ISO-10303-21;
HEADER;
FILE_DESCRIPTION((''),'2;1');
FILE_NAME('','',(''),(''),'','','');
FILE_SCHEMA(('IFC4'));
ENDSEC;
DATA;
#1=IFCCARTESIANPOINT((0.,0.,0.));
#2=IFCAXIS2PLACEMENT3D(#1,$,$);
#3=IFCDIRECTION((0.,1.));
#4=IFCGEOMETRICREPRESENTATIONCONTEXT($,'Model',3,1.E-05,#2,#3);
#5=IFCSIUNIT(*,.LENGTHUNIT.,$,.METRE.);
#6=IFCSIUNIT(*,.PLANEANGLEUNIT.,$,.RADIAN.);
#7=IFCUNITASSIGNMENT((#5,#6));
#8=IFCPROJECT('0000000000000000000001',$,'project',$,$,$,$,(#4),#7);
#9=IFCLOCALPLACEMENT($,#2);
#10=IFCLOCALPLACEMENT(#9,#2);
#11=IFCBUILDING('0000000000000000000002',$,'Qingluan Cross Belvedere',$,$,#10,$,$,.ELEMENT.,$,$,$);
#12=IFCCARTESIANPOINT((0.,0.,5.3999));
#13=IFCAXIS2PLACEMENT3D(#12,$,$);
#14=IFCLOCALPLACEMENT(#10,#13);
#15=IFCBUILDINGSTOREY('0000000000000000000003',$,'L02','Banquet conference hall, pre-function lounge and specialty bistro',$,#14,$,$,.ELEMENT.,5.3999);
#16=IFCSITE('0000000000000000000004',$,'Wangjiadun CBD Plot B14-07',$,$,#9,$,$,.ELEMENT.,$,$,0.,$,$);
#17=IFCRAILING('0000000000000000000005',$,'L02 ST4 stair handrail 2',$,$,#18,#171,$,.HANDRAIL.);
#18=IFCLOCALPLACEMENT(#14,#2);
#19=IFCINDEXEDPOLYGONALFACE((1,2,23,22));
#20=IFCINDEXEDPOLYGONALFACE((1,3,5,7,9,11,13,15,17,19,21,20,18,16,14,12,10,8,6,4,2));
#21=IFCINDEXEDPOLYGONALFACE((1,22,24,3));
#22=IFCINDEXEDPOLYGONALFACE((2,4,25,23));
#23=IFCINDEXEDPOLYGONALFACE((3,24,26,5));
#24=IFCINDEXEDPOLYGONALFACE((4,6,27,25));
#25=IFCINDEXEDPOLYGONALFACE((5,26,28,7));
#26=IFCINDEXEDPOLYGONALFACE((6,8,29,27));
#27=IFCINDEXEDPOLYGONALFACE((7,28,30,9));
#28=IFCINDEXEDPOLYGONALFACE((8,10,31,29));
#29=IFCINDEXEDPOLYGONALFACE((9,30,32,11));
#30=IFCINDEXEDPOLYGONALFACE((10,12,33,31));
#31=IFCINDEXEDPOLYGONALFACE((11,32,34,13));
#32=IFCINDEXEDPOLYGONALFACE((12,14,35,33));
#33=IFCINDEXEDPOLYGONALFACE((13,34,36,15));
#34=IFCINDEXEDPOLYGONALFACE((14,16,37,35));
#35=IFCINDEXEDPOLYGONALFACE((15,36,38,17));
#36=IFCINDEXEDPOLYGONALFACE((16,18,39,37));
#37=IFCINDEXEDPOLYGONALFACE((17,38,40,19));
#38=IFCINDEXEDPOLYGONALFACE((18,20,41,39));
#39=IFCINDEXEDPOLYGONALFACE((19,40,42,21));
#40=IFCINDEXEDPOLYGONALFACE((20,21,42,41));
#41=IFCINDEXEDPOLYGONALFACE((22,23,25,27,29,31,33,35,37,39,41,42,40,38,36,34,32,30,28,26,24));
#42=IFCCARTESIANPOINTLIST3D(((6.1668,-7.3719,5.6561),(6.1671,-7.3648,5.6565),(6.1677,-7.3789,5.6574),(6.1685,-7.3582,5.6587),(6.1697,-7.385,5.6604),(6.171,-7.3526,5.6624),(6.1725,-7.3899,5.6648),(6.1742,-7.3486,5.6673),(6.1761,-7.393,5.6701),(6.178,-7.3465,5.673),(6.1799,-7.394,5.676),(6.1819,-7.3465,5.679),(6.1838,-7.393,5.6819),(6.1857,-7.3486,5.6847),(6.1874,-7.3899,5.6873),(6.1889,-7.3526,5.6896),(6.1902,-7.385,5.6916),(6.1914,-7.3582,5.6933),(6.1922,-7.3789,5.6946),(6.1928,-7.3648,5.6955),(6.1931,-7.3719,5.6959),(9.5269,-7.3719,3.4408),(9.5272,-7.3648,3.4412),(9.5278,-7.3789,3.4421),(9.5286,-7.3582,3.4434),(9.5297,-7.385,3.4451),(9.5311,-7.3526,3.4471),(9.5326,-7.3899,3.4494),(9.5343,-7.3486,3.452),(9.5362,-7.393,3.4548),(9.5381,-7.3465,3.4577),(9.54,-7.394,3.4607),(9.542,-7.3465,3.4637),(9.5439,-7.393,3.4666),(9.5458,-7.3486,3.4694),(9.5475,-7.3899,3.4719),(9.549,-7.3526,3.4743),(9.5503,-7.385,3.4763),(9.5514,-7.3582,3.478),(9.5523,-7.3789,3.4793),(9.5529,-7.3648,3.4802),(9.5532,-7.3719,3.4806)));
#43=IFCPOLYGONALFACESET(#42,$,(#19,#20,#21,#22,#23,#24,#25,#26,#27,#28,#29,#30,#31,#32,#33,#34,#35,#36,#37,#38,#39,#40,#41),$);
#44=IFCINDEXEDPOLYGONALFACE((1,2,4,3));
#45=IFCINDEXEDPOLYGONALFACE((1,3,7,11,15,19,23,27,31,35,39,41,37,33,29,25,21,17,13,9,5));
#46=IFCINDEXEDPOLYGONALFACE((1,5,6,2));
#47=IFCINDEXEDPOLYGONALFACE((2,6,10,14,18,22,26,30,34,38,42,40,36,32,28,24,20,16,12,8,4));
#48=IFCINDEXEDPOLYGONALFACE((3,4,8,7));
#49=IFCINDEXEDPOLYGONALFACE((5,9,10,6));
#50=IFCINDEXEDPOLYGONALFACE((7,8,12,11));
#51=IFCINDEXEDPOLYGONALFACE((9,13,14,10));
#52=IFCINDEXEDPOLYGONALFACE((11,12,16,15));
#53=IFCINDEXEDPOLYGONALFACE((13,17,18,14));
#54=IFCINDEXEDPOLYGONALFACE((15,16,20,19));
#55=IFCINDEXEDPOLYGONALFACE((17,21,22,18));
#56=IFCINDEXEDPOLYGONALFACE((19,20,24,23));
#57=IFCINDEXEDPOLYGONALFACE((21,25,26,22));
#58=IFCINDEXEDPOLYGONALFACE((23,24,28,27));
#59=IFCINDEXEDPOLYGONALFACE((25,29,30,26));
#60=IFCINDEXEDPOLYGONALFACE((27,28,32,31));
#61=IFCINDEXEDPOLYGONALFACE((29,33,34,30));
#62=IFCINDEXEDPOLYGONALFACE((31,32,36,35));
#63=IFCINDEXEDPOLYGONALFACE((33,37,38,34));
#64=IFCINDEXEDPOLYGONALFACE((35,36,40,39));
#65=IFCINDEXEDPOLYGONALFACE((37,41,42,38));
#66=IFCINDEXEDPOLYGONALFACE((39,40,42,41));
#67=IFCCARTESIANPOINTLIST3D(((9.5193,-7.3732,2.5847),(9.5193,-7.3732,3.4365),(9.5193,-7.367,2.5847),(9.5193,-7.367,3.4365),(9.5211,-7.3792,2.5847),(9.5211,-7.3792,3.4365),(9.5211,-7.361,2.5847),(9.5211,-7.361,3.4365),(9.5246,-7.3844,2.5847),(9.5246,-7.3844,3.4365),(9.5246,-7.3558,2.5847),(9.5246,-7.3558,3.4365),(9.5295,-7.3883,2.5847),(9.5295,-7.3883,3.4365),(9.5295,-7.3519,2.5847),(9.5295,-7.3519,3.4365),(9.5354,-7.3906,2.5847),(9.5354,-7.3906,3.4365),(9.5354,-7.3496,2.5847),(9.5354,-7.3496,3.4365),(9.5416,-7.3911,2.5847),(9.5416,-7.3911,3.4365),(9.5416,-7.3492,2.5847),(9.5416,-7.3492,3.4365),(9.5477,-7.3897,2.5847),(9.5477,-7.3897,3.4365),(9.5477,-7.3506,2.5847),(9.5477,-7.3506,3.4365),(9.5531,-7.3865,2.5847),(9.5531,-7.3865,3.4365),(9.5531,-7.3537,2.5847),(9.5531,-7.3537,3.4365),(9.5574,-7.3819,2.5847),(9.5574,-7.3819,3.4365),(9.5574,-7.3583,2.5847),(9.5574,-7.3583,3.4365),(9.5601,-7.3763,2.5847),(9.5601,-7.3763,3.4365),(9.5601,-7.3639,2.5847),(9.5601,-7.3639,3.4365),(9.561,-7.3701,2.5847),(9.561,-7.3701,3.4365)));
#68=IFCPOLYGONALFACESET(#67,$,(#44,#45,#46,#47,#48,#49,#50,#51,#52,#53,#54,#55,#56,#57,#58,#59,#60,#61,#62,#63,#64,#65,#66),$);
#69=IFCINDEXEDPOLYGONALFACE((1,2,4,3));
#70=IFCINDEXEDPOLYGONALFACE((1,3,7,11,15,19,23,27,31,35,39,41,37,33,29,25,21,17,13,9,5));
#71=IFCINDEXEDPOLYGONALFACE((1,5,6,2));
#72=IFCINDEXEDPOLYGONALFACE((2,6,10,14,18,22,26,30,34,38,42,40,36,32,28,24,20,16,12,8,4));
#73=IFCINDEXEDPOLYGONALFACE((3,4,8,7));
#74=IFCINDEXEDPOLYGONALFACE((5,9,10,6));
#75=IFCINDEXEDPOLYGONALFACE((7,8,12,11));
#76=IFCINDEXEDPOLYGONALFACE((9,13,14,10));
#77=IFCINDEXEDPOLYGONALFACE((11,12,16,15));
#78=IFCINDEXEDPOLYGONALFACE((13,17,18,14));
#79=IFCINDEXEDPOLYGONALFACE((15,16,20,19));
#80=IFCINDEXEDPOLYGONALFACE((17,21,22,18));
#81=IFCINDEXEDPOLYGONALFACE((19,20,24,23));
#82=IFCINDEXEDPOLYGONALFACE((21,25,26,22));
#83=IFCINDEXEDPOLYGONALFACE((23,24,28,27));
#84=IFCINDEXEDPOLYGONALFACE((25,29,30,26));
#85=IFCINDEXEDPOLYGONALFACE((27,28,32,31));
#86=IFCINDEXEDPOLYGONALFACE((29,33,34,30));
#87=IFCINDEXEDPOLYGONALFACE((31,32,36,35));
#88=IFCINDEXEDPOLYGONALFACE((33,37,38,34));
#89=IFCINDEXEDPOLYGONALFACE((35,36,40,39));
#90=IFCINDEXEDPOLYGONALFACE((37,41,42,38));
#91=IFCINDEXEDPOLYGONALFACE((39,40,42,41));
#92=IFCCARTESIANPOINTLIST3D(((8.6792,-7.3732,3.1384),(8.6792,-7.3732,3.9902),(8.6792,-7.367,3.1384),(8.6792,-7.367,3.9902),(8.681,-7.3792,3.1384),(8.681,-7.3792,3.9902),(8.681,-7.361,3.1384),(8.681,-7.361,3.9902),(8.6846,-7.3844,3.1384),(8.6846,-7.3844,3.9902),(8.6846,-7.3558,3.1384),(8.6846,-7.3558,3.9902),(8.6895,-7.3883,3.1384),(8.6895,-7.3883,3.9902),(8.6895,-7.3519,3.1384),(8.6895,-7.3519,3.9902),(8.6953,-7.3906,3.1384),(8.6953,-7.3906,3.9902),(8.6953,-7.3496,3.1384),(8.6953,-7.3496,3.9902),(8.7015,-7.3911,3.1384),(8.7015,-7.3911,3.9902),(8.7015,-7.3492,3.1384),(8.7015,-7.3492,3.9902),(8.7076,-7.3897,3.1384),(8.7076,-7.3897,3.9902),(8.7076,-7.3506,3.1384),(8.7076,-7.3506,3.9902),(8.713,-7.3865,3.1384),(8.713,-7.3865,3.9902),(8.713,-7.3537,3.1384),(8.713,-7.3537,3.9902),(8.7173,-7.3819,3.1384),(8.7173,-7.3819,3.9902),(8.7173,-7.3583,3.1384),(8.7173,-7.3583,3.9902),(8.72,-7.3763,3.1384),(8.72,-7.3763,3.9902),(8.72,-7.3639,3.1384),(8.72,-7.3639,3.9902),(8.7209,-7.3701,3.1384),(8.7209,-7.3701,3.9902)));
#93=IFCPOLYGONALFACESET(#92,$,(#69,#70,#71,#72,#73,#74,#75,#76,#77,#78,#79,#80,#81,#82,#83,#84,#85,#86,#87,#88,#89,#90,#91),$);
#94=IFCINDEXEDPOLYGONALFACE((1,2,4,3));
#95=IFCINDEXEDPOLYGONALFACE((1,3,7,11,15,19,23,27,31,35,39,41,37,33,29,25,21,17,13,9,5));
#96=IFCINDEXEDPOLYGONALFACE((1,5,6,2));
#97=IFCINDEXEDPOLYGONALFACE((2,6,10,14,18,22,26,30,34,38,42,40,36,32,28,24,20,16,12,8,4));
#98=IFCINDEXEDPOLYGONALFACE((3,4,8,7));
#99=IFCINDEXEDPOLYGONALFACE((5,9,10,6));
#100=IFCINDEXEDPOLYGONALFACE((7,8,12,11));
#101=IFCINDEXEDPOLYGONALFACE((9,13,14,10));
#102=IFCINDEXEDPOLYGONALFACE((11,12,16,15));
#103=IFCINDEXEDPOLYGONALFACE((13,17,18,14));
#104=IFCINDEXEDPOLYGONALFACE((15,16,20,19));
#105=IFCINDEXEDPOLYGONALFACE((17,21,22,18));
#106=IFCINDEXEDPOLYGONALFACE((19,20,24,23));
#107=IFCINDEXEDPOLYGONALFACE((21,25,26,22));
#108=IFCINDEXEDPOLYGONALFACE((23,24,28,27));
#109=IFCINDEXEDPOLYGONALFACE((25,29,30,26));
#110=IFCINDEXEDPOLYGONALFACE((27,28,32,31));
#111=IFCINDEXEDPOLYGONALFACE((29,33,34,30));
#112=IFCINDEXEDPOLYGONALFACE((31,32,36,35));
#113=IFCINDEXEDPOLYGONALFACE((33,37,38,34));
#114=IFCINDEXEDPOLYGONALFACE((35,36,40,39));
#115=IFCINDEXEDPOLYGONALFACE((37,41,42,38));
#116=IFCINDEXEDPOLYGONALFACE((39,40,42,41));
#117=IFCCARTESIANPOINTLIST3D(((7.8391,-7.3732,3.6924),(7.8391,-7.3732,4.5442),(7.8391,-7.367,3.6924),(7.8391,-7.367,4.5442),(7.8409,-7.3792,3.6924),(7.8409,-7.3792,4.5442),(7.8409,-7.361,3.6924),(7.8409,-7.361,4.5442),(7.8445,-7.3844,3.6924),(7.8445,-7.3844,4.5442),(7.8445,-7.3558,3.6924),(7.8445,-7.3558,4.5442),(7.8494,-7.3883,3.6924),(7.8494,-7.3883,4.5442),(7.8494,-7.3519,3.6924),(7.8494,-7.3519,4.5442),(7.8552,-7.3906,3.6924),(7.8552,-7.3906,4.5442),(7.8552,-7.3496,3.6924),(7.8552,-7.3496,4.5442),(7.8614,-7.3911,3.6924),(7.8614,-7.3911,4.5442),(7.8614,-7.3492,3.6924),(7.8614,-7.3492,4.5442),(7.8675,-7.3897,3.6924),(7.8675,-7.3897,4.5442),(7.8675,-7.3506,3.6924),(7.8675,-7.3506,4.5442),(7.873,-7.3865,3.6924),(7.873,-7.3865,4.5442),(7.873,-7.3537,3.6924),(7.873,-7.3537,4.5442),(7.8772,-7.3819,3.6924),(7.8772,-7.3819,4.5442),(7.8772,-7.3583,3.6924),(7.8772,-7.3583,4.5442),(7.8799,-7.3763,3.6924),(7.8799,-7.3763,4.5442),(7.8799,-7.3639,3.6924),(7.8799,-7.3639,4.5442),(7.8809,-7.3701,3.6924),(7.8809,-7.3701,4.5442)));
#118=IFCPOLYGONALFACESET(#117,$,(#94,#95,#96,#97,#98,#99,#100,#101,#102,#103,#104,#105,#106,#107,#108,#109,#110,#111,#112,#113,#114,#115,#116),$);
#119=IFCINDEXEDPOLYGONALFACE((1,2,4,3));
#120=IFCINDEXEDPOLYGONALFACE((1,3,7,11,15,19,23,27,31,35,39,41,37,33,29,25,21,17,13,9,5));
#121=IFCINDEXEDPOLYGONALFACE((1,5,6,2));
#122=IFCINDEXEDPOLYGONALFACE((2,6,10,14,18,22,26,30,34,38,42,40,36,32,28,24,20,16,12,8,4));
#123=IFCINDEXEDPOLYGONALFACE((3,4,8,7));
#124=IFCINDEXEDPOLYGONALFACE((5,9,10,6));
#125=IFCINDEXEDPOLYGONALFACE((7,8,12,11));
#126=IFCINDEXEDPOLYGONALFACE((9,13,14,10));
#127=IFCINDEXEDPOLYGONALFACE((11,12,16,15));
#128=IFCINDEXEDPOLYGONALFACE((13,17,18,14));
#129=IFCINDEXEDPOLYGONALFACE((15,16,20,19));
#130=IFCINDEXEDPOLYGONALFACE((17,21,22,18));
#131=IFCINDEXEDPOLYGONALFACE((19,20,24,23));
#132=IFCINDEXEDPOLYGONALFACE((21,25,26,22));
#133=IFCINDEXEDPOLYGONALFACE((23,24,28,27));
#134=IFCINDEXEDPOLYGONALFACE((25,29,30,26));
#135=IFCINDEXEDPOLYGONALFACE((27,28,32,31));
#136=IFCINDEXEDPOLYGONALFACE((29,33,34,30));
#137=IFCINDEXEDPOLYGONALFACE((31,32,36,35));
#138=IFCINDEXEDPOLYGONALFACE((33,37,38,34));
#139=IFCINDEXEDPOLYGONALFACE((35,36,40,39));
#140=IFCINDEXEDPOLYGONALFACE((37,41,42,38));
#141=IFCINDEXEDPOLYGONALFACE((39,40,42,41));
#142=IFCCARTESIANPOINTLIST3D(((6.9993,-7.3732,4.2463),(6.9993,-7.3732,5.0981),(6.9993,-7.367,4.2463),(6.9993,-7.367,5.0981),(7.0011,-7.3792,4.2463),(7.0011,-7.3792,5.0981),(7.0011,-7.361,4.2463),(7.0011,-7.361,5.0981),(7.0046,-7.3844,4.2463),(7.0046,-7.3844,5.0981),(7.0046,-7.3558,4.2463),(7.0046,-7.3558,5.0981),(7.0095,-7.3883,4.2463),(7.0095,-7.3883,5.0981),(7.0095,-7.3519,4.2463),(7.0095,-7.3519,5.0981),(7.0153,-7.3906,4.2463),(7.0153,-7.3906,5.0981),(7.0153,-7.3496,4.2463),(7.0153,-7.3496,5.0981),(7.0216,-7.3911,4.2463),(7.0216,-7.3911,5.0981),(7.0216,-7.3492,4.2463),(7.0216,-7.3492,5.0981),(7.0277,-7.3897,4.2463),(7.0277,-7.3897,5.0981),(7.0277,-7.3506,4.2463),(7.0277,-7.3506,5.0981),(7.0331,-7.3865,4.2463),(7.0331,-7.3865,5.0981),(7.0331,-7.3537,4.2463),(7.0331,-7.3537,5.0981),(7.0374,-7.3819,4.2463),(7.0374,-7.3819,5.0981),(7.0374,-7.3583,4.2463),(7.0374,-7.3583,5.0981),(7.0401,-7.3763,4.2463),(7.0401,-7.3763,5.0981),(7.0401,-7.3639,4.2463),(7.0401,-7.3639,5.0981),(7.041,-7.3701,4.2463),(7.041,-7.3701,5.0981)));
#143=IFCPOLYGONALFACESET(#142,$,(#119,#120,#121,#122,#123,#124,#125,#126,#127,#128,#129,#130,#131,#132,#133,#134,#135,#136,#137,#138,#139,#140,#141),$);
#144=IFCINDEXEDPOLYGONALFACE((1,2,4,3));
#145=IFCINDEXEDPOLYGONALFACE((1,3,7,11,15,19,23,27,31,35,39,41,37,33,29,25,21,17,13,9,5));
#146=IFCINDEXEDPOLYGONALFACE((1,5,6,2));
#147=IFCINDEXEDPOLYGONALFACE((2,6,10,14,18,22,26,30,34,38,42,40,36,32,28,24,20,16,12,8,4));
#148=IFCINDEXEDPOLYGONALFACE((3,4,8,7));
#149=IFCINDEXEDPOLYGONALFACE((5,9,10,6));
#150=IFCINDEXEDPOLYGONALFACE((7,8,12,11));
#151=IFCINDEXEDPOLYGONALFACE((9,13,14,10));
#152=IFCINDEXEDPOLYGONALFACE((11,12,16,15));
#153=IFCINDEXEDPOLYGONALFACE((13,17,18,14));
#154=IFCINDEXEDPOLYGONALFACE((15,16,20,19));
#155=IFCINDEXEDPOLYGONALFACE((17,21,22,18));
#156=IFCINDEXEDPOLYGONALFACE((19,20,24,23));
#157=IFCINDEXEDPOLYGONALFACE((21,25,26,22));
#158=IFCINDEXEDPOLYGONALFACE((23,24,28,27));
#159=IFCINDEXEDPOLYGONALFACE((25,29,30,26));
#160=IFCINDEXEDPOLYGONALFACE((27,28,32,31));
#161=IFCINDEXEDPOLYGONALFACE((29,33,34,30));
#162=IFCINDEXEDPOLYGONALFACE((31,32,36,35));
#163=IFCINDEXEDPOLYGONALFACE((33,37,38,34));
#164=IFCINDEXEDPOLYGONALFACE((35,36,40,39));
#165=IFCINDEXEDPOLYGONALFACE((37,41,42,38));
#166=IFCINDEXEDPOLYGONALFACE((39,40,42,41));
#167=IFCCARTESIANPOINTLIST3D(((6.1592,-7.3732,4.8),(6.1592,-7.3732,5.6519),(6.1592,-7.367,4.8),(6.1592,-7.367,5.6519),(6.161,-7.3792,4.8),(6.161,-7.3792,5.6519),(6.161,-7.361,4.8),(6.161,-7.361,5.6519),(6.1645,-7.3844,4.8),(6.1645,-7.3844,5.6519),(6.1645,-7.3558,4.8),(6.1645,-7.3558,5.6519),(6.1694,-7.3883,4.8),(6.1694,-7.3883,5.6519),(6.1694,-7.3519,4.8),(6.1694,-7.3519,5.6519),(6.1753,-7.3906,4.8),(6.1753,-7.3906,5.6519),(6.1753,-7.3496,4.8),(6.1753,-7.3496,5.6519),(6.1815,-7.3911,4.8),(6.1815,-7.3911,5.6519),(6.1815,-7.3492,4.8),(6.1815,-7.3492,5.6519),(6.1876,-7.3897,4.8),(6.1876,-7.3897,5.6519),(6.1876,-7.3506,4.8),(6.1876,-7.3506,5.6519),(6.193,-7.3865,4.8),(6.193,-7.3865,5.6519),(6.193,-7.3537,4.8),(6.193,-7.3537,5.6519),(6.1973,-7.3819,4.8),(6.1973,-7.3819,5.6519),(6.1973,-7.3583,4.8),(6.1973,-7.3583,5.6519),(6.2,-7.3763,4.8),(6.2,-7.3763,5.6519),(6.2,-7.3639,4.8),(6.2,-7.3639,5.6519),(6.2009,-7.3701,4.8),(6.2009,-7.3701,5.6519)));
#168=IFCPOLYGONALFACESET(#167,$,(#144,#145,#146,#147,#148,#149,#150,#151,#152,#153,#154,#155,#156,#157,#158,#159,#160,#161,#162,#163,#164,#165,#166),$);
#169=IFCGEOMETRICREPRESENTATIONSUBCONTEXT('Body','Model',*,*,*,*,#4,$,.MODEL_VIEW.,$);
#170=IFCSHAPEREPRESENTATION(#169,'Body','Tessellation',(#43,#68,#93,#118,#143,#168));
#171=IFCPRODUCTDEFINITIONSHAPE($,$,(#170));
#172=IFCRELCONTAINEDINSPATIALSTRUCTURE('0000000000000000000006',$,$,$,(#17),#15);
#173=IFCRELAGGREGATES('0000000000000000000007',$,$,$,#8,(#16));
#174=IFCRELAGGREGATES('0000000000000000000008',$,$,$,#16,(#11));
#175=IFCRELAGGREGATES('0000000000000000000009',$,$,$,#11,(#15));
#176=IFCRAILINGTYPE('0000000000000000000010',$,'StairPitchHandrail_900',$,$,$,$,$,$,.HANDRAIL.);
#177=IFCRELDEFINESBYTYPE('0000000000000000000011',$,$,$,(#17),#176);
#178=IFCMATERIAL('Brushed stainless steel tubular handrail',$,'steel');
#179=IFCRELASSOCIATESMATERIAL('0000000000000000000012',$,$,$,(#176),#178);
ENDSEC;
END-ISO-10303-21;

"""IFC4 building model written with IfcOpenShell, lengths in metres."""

from ifc_helpers import new_model, si_unit, direction, frame, origin, origin_2d, place, context, subcontext, project, spatial, circle, extrude, material, type_object, element, save


model = new_model("IFC4")

# Units and contexts
model_context = context("Model", 3, precision=1e-05, world=origin(), true_north=direction((0.0, 1.0)))
body_context = subcontext(model_context, "Body", "Model", "MODEL_VIEW")
ifc_project = project(units=[si_unit("LENGTHUNIT", "METRE"), si_unit("PLANEANGLEUNIT", "RADIAN")], contexts=[model_context])

# Site, building, storey
site_placement = place(None, origin())
site = spatial("IfcSite", under=ifc_project, at=site_placement, Name="Wangjiadun CBD Plot B14-07", CompositionType="ELEMENT", RefElevation=0.0)
building_placement = place(site_placement, origin())
building = spatial("IfcBuilding", under=site, at=building_placement, Name="Qingluan Cross Belvedere", CompositionType="ELEMENT")
storey_placement = place(building_placement, frame((0.0, 0.0, 5.3999)))
storey = spatial("IfcBuildingStorey", under=building, at=storey_placement, Name="L02", Description="Banquet conference hall, pre-function lounge and specialty bistro", CompositionType="ELEMENT", Elevation=5.3999)

# Railing
ifc_material_1 = material(Name="Brushed stainless steel tubular handrail", Category="steel")
railing_type_1 = type_object("IfcRailingType", Name="StairPitchHandrail_900", PredefinedType="HANDRAIL", material=ifc_material_1)
for number, where, name in (
    (1, (9.54, -7.3701, 2.5847), "L02 ST4 stair handrail 2"),
):
    element("IfcRailing", number, at=place(storey_placement, frame(where)), inside=storey, type_object=railing_type_1, Name=name, PredefinedType="HANDRAIL", context=body_context, shape_type="SweptSolid", body=[
        extrude(circle(Radius=0.0239, at=origin_2d()), frame((0.0, 0.0, 0.876), z_axis=(-0.834876, 0.0, 0.550437), x_axis=(0.0, -1.0, 0.0)), (0.0, 0.0, 1.0), 4.0247),
        extrude(circle(Radius=0.021, at=origin_2d()), origin(), (0.0, 0.0, 1.0), 0.8518),
        extrude(circle(Radius=0.021, at=origin_2d()), frame((-0.8401, 0.0, 0.5537)), (0.0, 0.0, 1.0), 0.8518),
        extrude(circle(Radius=0.021, at=origin_2d()), frame((-1.6802, 0.0, 1.1077)), (0.0, 0.0, 1.0), 0.8518),
        extrude(circle(Radius=0.021, at=origin_2d()), frame((-2.52, 0.0, 1.6616)), (0.0, 0.0, 1.0), 0.8518),
        extrude(circle(Radius=0.021, at=origin_2d()), frame((-3.3601, 0.0, 2.2153)), (0.0, 0.0, 1.0), 0.8518),
    ])

save(model, "model.ifc")
